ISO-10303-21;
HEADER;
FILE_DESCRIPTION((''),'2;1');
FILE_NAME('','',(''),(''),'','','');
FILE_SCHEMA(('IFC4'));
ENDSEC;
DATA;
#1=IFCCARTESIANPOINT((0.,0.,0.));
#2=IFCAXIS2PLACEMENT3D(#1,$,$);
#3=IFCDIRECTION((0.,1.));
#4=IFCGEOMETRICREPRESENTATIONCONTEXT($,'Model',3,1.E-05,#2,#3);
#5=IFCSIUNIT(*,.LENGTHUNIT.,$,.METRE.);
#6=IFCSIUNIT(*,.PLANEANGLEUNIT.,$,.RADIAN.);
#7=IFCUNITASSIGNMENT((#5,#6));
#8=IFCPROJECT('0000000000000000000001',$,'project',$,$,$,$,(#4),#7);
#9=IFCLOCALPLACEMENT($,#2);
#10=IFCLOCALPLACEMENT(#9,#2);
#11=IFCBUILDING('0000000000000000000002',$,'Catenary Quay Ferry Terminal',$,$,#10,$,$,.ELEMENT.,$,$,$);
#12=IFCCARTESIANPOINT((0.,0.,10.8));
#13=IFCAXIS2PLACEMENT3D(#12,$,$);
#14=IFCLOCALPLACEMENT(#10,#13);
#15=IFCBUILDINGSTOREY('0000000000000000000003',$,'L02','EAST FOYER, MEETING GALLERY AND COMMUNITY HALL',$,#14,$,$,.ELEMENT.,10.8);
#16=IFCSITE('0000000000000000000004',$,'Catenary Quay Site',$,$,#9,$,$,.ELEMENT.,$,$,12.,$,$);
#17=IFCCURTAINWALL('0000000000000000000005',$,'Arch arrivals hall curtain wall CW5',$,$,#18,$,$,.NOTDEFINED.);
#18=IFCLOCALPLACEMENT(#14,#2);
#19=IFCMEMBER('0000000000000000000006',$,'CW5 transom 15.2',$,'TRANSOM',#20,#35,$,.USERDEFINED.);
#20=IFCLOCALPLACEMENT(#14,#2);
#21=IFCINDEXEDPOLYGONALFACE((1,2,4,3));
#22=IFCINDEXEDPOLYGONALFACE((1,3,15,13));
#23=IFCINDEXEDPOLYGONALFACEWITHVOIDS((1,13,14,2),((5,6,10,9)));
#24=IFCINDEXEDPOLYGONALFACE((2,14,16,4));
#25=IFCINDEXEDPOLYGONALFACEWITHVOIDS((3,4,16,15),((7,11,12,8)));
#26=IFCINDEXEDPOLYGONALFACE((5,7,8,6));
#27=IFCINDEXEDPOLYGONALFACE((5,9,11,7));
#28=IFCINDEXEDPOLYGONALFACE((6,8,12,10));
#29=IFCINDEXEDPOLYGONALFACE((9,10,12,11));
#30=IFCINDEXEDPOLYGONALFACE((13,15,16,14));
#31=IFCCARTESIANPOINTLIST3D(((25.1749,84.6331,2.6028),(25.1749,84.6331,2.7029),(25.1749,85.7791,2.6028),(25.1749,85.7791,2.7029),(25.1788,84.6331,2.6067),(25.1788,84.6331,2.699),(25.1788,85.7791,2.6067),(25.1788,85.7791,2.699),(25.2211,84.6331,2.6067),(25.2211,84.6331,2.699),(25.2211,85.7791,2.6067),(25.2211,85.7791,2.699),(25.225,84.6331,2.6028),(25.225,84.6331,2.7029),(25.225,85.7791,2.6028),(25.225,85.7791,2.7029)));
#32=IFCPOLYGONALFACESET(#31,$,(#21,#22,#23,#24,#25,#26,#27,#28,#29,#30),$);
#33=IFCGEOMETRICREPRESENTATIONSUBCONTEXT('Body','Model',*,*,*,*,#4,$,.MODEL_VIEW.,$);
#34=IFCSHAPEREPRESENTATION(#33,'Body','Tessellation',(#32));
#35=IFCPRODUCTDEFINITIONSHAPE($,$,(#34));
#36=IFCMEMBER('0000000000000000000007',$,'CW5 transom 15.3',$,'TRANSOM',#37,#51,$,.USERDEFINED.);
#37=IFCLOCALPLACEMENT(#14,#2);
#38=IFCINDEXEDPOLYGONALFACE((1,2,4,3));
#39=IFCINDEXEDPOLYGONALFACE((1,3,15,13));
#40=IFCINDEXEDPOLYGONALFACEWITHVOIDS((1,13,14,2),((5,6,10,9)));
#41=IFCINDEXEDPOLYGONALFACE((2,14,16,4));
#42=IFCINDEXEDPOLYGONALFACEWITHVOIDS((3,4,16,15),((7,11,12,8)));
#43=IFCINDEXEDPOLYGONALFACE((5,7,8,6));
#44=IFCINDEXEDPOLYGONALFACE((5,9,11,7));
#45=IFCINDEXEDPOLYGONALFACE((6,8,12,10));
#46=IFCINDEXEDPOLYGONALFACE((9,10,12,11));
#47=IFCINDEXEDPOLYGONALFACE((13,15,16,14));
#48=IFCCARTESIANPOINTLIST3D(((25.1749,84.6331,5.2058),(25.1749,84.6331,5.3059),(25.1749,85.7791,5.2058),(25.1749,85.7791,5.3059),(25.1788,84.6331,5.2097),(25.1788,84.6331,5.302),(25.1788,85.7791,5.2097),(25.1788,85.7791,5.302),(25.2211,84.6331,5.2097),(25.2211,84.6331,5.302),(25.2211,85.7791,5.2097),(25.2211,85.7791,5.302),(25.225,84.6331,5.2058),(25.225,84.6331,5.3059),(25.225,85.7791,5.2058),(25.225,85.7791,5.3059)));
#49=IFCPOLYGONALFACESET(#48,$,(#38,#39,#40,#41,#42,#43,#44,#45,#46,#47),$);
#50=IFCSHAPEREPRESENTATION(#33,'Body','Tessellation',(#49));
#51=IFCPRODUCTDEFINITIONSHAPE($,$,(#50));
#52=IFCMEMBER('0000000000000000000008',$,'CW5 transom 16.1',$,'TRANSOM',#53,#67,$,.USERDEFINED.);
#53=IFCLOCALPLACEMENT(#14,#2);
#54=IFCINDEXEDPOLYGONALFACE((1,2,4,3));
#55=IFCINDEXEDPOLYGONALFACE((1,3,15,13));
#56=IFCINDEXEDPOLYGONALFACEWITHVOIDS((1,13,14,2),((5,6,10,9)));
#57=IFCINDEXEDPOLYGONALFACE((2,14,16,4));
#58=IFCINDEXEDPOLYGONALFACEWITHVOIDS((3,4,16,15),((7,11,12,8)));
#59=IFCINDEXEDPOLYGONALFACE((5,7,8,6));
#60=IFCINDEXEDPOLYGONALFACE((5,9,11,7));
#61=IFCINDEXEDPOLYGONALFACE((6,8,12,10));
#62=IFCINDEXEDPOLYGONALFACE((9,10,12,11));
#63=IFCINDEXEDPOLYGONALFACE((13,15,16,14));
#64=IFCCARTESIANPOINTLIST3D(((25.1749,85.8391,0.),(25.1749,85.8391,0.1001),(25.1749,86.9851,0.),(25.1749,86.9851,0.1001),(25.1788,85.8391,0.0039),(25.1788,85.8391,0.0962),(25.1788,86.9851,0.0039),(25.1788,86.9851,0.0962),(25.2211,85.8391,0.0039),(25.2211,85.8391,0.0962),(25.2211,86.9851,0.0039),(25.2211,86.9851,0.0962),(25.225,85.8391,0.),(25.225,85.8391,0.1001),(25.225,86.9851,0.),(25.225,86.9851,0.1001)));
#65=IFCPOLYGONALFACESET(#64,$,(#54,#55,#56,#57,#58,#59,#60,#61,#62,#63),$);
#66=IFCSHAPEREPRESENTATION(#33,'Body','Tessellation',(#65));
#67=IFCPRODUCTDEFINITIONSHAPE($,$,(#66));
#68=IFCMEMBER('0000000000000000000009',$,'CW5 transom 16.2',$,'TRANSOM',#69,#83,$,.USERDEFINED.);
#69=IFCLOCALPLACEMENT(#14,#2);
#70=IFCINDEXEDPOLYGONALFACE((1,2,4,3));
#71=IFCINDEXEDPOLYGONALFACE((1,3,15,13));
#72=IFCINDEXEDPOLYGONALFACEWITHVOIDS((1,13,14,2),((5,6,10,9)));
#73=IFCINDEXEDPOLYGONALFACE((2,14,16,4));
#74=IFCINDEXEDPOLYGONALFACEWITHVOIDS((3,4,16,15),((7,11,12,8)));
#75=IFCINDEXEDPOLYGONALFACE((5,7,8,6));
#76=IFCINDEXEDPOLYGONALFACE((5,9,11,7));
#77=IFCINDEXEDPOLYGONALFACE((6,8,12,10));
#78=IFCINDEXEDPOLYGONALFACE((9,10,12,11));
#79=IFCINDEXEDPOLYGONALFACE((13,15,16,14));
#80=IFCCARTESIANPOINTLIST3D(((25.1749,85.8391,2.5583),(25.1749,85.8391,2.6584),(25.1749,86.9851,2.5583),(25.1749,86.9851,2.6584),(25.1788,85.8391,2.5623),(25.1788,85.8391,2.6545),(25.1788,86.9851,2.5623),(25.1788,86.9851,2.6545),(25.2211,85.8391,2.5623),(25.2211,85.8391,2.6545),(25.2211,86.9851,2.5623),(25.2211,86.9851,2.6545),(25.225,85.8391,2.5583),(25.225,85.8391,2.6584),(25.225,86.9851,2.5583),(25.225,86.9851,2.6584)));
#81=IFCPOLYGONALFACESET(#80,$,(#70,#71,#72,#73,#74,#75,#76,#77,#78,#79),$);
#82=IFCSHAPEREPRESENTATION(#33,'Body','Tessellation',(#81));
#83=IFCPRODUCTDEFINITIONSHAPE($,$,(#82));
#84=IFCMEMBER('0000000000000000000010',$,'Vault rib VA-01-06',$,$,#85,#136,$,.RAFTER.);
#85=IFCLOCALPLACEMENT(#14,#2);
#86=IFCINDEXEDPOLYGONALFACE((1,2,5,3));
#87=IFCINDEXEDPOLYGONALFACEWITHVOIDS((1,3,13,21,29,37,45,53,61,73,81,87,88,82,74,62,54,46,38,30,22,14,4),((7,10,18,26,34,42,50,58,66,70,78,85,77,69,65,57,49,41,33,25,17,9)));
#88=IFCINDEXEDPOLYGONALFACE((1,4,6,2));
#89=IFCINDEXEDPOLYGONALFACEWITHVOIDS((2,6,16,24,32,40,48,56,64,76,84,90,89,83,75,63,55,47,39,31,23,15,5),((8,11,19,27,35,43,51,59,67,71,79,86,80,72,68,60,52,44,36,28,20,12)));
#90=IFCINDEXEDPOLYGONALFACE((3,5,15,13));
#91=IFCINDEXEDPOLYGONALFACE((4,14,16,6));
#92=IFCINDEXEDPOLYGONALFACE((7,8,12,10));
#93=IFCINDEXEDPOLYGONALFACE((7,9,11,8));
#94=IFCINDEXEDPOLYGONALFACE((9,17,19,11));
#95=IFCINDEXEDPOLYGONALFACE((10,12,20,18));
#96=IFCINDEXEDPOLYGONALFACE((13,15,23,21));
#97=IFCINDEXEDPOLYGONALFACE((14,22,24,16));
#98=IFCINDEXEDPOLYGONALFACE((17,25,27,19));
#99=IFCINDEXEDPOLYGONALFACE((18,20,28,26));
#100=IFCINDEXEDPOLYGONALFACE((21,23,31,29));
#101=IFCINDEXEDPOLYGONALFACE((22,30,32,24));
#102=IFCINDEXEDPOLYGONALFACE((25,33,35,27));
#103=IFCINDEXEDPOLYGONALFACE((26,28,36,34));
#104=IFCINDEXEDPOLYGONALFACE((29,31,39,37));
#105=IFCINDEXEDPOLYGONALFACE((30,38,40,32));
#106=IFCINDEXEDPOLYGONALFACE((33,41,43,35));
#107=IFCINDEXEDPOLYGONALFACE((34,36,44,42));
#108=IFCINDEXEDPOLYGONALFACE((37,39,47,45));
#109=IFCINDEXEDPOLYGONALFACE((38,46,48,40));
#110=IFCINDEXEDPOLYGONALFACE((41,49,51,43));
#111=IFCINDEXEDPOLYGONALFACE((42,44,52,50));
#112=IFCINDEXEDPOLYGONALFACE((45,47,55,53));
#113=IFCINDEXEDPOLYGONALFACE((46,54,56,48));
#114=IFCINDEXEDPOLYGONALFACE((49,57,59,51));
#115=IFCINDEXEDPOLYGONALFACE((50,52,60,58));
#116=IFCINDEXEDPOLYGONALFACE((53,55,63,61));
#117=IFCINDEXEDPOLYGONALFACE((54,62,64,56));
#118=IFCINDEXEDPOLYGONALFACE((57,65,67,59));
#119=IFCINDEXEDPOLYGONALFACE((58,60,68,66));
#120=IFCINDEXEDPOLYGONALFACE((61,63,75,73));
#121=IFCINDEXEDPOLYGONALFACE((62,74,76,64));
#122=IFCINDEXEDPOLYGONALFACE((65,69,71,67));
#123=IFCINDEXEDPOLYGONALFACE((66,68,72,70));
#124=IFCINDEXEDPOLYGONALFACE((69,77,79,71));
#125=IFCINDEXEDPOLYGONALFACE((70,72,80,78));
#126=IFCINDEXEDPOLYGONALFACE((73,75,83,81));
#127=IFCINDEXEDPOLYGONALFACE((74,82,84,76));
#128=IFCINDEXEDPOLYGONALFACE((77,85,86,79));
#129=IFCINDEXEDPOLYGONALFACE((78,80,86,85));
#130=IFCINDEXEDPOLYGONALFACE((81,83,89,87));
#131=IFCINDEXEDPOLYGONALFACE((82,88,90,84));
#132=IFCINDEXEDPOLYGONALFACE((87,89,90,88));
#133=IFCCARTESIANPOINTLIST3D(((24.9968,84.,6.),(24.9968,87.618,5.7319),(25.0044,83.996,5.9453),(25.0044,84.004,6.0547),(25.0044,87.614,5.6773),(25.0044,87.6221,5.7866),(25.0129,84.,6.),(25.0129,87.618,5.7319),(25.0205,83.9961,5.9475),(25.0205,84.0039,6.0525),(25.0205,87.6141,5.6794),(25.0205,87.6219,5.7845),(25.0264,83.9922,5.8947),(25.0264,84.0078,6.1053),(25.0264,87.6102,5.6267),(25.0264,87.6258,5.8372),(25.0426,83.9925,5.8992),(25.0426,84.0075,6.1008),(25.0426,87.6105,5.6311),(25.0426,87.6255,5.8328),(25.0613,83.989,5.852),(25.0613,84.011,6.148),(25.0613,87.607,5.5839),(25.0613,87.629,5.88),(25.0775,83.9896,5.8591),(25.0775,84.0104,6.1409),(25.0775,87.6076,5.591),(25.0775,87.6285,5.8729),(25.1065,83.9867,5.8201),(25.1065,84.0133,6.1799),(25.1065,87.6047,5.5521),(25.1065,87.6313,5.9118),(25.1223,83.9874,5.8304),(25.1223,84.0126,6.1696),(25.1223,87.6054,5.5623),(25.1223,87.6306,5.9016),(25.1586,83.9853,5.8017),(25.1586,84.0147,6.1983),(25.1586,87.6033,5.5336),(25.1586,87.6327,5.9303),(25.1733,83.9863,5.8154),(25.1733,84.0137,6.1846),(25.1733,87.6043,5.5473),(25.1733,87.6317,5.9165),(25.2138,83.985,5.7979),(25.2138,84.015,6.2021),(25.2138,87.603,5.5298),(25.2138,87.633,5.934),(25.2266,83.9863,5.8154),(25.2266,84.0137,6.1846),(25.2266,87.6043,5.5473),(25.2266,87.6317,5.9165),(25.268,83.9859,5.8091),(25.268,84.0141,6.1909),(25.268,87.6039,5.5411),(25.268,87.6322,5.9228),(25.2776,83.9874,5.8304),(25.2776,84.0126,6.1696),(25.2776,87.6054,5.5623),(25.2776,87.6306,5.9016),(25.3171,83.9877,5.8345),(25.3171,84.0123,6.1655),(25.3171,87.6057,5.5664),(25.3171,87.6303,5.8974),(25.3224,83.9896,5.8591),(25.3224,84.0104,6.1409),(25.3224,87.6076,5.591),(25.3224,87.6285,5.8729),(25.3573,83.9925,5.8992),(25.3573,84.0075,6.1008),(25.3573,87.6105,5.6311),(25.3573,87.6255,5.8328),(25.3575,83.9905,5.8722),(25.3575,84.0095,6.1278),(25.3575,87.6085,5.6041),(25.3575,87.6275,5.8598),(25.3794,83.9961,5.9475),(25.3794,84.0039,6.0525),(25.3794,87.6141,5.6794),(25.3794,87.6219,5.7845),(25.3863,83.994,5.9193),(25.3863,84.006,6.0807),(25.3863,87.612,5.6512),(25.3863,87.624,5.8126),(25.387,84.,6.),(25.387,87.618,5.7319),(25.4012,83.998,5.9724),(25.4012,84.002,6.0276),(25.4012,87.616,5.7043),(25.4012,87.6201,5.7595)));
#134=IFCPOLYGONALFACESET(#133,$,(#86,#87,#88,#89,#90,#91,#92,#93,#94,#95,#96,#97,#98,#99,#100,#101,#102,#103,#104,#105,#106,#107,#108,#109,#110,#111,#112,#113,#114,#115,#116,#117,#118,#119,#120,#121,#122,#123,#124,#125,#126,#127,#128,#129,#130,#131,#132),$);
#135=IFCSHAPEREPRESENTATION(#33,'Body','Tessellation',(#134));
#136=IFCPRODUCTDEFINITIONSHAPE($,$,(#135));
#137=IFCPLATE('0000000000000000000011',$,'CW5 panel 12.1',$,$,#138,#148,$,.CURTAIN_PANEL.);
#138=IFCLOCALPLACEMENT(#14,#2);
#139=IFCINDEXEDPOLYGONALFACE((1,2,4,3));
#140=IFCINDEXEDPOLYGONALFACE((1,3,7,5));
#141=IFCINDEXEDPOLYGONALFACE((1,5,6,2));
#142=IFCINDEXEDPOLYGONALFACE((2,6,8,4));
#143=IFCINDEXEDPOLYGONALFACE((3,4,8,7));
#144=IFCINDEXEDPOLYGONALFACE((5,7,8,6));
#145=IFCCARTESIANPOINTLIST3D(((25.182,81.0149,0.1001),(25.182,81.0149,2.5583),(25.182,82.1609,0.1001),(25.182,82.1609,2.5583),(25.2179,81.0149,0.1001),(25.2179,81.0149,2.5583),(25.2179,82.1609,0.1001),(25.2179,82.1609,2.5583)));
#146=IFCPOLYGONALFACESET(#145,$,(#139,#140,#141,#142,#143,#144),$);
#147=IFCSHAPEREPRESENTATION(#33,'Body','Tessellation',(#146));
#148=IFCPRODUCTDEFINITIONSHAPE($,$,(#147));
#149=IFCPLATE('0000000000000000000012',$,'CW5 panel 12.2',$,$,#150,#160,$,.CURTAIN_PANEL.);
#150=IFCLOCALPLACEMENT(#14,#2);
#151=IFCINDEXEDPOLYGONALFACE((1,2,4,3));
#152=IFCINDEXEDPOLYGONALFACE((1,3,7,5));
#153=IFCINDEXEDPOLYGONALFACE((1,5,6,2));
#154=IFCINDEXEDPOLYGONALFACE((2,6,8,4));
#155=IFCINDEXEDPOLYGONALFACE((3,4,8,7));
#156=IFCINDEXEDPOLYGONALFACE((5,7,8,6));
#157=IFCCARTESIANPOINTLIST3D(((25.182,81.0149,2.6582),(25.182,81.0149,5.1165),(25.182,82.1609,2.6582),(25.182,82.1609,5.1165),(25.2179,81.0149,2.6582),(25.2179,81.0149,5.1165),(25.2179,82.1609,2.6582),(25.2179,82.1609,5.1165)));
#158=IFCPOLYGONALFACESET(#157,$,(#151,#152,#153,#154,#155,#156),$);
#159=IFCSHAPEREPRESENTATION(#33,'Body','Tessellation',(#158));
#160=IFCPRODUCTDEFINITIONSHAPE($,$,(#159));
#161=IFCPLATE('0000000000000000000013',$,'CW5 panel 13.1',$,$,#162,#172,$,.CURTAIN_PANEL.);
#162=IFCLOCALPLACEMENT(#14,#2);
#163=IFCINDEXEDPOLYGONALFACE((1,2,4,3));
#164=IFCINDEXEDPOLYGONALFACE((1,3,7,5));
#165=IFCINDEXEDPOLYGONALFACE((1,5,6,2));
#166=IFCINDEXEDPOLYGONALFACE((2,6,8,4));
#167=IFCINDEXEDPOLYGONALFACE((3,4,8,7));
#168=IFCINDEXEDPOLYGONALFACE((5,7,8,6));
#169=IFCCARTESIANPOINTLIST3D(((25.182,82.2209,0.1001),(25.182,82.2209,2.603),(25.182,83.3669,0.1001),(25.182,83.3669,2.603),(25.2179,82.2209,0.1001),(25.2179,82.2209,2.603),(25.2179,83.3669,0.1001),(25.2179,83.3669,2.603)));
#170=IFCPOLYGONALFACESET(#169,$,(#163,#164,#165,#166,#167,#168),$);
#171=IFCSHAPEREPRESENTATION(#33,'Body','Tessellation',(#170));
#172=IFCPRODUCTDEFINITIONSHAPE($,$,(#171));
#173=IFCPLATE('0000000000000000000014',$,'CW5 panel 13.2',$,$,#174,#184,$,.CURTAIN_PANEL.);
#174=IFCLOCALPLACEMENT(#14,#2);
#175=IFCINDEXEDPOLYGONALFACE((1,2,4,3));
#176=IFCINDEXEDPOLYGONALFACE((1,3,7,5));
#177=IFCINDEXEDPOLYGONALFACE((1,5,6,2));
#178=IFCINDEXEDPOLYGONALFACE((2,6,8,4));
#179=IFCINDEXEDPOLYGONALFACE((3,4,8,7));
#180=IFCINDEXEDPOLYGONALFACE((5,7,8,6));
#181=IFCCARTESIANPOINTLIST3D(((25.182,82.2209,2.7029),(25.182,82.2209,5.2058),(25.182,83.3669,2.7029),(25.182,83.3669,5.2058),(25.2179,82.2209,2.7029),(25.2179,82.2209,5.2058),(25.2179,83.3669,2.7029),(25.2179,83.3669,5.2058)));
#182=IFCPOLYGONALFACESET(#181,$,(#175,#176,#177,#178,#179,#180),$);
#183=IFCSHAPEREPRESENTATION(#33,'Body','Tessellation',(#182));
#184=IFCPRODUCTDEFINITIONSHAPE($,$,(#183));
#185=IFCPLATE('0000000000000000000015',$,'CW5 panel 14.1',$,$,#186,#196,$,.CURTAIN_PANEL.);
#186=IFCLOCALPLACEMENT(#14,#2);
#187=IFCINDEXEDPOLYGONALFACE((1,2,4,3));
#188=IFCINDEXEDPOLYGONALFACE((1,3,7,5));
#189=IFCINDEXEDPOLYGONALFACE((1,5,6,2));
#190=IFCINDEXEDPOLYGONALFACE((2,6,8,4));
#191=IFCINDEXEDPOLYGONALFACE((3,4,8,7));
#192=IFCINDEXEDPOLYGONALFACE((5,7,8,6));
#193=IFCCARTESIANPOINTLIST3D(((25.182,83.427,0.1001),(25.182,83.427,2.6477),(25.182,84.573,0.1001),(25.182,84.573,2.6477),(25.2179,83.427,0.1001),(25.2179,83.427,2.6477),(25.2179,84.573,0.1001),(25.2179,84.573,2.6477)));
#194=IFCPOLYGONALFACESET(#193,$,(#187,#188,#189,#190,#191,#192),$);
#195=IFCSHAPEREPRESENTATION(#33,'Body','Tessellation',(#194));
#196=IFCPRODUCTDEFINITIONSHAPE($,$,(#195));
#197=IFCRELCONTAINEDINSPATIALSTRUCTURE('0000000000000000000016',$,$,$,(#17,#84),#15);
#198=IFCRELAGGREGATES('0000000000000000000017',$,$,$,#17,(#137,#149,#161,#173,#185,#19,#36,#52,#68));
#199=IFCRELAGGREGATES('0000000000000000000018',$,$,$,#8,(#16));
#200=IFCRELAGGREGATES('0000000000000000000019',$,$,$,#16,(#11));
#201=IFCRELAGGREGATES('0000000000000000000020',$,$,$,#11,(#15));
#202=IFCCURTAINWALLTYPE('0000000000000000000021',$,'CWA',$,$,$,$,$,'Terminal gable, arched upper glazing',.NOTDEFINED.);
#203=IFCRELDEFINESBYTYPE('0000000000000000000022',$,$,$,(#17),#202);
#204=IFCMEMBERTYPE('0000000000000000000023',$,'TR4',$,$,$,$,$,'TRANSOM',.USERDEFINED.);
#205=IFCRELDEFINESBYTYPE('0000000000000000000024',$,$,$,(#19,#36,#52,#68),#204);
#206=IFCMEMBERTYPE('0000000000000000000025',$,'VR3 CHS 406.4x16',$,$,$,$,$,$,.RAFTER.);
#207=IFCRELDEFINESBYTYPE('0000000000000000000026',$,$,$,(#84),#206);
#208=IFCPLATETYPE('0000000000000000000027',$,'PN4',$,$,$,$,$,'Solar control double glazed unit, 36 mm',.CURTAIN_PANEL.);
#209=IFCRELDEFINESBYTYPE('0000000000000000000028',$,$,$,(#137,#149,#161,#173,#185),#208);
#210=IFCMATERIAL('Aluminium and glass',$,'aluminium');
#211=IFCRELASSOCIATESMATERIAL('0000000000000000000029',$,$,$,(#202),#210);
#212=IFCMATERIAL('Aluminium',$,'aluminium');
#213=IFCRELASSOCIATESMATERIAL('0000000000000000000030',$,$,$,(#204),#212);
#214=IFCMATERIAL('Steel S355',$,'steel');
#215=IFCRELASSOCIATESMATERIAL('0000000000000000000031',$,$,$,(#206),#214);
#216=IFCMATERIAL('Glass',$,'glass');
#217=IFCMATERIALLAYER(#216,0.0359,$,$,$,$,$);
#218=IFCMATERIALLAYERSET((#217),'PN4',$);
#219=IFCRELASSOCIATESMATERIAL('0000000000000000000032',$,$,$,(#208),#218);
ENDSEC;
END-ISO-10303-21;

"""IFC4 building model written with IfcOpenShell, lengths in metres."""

from ifc_helpers import new_model, si_unit, direction, frame, origin, origin_2d, place, context, subcontext, project, spatial, rectangle, hollow_rectangle, hollow_circle, extrude, material, layer, layer_set, material_profile, profile_set, type_object, element, aggregate, save


model = new_model("IFC4")

# Units and contexts
model_context = context("Model", 3, precision=1e-05, world=origin(), true_north=direction((0.0, 1.0)))
body_context = subcontext(model_context, "Body", "Model", "MODEL_VIEW")
ifc_project = project(units=[si_unit("LENGTHUNIT", "METRE"), si_unit("PLANEANGLEUNIT", "RADIAN")], contexts=[model_context])

# Site, building, storey
site_placement = place(None, origin())
site = spatial("IfcSite", under=ifc_project, at=site_placement, Name="Catenary Quay Site", CompositionType="ELEMENT", RefElevation=12.0)
building_placement = place(site_placement, origin())
building = spatial("IfcBuilding", under=site, at=building_placement, Name="Catenary Quay Ferry Terminal", CompositionType="ELEMENT")
storey_placement = place(building_placement, frame((0.0, 0.0, 10.8)))
storey = spatial("IfcBuildingStorey", under=building, at=storey_placement, Name="L02", Description="EAST FOYER, MEETING GALLERY AND COMMUNITY HALL", CompositionType="ELEMENT", Elevation=10.8)

# Curtain wall, members
ifc_material_1 = material(Name="Aluminium and glass", Category="aluminium")
curtain_wall_type = type_object("IfcCurtainWallType", Name="CWA", ElementType="Terminal gable, arched upper glazing", PredefinedType="NOTDEFINED", material=ifc_material_1)
curtain_wall_placement = place(storey_placement, origin())
curtain_wall = element("IfcCurtainWall", 1, at=curtain_wall_placement, inside=storey, type_object=curtain_wall_type, Name="Arch arrivals hall curtain wall CW5", PredefinedType="NOTDEFINED")
ifc_material_2 = material(Name="Aluminium", Category="aluminium")
ifc_material_profile_1 = material_profile(ifc_material_2, hollow_rectangle(XDim=0.05, YDim=0.1001, WallThickness=0.0039, at=origin_2d()), Name="TR4")
ifc_profile_set_1 = profile_set([ifc_material_profile_1], Name="Aluminium")
member_type_1 = type_object("IfcMemberType", Name="TR4", ElementType="TRANSOM", PredefinedType="USERDEFINED", material=ifc_profile_set_1)
member_1_placement = place(storey_placement, frame((25.2, 84.6331, 2.6528), z_axis=(0.0, 1.0, 0.0), x_axis=(-1.0, 0.0, 0.0)))
member_1 = element("IfcMember", 2, at=member_1_placement, type_object=member_type_1, Name="CW5 transom 15.2", ObjectType="TRANSOM", PredefinedType="USERDEFINED", context=body_context, shape_type="SweptSolid", body=[
    extrude(hollow_rectangle(XDim=0.05, YDim=0.1001, WallThickness=0.0039, at=origin_2d()), origin(), (0.0, 0.0, 1.0), 1.146),
])
member_2_placement = place(storey_placement, frame((25.2, 84.6331, 5.2559), z_axis=(0.0, 1.0, 0.0), x_axis=(-1.0, 0.0, 0.0)))
member_2 = element("IfcMember", 3, at=member_2_placement, type_object=member_type_1, Name="CW5 transom 15.3", ObjectType="TRANSOM", PredefinedType="USERDEFINED", context=body_context, shape_type="SweptSolid", body=[
    extrude(hollow_rectangle(XDim=0.05, YDim=0.1001, WallThickness=0.0039, at=origin_2d()), origin(), (0.0, 0.0, 1.0), 1.146),
])
member_3_placement = place(storey_placement, frame((25.2, 85.8391, 0.05), z_axis=(0.0, 1.0, 0.0), x_axis=(-1.0, 0.0, 0.0)))
member_3 = element("IfcMember", 4, at=member_3_placement, type_object=member_type_1, Name="CW5 transom 16.1", ObjectType="TRANSOM", PredefinedType="USERDEFINED", context=body_context, shape_type="SweptSolid", body=[
    extrude(hollow_rectangle(XDim=0.05, YDim=0.1001, WallThickness=0.0039, at=origin_2d()), origin(), (0.0, 0.0, 1.0), 1.146),
])
member_4_placement = place(storey_placement, frame((25.2, 85.8391, 2.6084), z_axis=(0.0, 1.0, 0.0), x_axis=(-1.0, 0.0, 0.0)))
member_4 = element("IfcMember", 5, at=member_4_placement, type_object=member_type_1, Name="CW5 transom 16.2", ObjectType="TRANSOM", PredefinedType="USERDEFINED", context=body_context, shape_type="SweptSolid", body=[
    extrude(hollow_rectangle(XDim=0.05, YDim=0.1001, WallThickness=0.0039, at=origin_2d()), origin(), (0.0, 0.0, 1.0), 1.146),
])

# Member
ifc_material_3 = material(Name="Steel S355", Category="steel")
ifc_material_profile_2 = material_profile(ifc_material_3, hollow_circle(Radius=0.2031, WallThickness=0.0161, at=origin_2d()), Name="CHS 406.4x16")
ifc_profile_set_2 = profile_set([ifc_material_profile_2], Name="Steel S355")
member_type_2 = type_object("IfcMemberType", Name="VR3 CHS 406.4x16", PredefinedType="RAFTER", material=ifc_profile_set_2)
member_5_placement = place(storey_placement, frame((25.2, 84.0, 6.0), z_axis=(0.0, 0.997266, -0.073892), x_axis=(-1.0, 0.0, 0.0)))
element("IfcMember", 6, at=member_5_placement, inside=storey, type_object=member_type_2, Name="Vault rib VA-01-06", PredefinedType="RAFTER", context=body_context, shape_type="SweptSolid", body=[
    extrude(hollow_circle(Radius=0.2031, WallThickness=0.0161, at=origin_2d()), origin(), (0.0, 0.0, 1.0), 3.6279),
])

# Plates
ifc_material_4 = material(Name="Glass", Category="glass")
ifc_layer_1 = layer(ifc_material_4, 0.0359)
ifc_layer_set_1 = layer_set([ifc_layer_1], Name="PN4")
plate_type_1 = type_object("IfcPlateType", Name="PN4", ElementType="Solar control double glazed unit, 36 mm", PredefinedType="CURTAIN_PANEL", material=ifc_layer_set_1)
plate_1_placement = place(storey_placement, frame((25.2, 81.5879, 0.1001), z_axis=(0.0, 0.0, 1.0), x_axis=(0.0, 1.0, 0.0)))
plate_1 = element("IfcPlate", 7, at=plate_1_placement, type_object=plate_type_1, Name="CW5 panel 12.1", PredefinedType="CURTAIN_PANEL", context=body_context, shape_type="SweptSolid", body=[
    extrude(rectangle(XDim=1.146, YDim=0.0359, at=origin_2d()), origin(), (0.0, 0.0, 1.0), 2.4583),
])
plate_2_placement = place(storey_placement, frame((25.2, 81.5879, 2.6582), z_axis=(0.0, 0.0, 1.0), x_axis=(0.0, 1.0, 0.0)))
plate_2 = element("IfcPlate", 8, at=plate_2_placement, type_object=plate_type_1, Name="CW5 panel 12.2", PredefinedType="CURTAIN_PANEL", context=body_context, shape_type="SweptSolid", body=[
    extrude(rectangle(XDim=1.146, YDim=0.0359, at=origin_2d()), origin(), (0.0, 0.0, 1.0), 2.4583),
])
plate_3_placement = place(storey_placement, frame((25.2, 82.7939, 0.1001), z_axis=(0.0, 0.0, 1.0), x_axis=(0.0, 1.0, 0.0)))
plate_3 = element("IfcPlate", 9, at=plate_3_placement, type_object=plate_type_1, Name="CW5 panel 13.1", PredefinedType="CURTAIN_PANEL", context=body_context, shape_type="SweptSolid", body=[
    extrude(rectangle(XDim=1.146, YDim=0.0359, at=origin_2d()), origin(), (0.0, 0.0, 1.0), 2.5029),
])
plate_4_placement = place(storey_placement, frame((25.2, 82.7939, 2.7029), z_axis=(0.0, 0.0, 1.0), x_axis=(0.0, 1.0, 0.0)))
plate_4 = element("IfcPlate", 10, at=plate_4_placement, type_object=plate_type_1, Name="CW5 panel 13.2", PredefinedType="CURTAIN_PANEL", context=body_context, shape_type="SweptSolid", body=[
    extrude(rectangle(XDim=1.146, YDim=0.0359, at=origin_2d()), origin(), (0.0, 0.0, 1.0), 2.5029),
])
plate_5_placement = place(storey_placement, frame((25.2, 84.0, 0.1001), z_axis=(0.0, 0.0, 1.0), x_axis=(0.0, 1.0, 0.0)))
plate_5 = element("IfcPlate", 11, at=plate_5_placement, type_object=plate_type_1, Name="CW5 panel 14.1", PredefinedType="CURTAIN_PANEL", context=body_context, shape_type="SweptSolid", body=[
    extrude(rectangle(XDim=1.146, YDim=0.0359, at=origin_2d()), origin(), (0.0, 0.0, 1.0), 2.5476),
])
aggregate(curtain_wall, [plate_1, plate_2, plate_3, plate_4, plate_5, member_1, member_2, member_3, member_4])

save(model, "model.ifc")
